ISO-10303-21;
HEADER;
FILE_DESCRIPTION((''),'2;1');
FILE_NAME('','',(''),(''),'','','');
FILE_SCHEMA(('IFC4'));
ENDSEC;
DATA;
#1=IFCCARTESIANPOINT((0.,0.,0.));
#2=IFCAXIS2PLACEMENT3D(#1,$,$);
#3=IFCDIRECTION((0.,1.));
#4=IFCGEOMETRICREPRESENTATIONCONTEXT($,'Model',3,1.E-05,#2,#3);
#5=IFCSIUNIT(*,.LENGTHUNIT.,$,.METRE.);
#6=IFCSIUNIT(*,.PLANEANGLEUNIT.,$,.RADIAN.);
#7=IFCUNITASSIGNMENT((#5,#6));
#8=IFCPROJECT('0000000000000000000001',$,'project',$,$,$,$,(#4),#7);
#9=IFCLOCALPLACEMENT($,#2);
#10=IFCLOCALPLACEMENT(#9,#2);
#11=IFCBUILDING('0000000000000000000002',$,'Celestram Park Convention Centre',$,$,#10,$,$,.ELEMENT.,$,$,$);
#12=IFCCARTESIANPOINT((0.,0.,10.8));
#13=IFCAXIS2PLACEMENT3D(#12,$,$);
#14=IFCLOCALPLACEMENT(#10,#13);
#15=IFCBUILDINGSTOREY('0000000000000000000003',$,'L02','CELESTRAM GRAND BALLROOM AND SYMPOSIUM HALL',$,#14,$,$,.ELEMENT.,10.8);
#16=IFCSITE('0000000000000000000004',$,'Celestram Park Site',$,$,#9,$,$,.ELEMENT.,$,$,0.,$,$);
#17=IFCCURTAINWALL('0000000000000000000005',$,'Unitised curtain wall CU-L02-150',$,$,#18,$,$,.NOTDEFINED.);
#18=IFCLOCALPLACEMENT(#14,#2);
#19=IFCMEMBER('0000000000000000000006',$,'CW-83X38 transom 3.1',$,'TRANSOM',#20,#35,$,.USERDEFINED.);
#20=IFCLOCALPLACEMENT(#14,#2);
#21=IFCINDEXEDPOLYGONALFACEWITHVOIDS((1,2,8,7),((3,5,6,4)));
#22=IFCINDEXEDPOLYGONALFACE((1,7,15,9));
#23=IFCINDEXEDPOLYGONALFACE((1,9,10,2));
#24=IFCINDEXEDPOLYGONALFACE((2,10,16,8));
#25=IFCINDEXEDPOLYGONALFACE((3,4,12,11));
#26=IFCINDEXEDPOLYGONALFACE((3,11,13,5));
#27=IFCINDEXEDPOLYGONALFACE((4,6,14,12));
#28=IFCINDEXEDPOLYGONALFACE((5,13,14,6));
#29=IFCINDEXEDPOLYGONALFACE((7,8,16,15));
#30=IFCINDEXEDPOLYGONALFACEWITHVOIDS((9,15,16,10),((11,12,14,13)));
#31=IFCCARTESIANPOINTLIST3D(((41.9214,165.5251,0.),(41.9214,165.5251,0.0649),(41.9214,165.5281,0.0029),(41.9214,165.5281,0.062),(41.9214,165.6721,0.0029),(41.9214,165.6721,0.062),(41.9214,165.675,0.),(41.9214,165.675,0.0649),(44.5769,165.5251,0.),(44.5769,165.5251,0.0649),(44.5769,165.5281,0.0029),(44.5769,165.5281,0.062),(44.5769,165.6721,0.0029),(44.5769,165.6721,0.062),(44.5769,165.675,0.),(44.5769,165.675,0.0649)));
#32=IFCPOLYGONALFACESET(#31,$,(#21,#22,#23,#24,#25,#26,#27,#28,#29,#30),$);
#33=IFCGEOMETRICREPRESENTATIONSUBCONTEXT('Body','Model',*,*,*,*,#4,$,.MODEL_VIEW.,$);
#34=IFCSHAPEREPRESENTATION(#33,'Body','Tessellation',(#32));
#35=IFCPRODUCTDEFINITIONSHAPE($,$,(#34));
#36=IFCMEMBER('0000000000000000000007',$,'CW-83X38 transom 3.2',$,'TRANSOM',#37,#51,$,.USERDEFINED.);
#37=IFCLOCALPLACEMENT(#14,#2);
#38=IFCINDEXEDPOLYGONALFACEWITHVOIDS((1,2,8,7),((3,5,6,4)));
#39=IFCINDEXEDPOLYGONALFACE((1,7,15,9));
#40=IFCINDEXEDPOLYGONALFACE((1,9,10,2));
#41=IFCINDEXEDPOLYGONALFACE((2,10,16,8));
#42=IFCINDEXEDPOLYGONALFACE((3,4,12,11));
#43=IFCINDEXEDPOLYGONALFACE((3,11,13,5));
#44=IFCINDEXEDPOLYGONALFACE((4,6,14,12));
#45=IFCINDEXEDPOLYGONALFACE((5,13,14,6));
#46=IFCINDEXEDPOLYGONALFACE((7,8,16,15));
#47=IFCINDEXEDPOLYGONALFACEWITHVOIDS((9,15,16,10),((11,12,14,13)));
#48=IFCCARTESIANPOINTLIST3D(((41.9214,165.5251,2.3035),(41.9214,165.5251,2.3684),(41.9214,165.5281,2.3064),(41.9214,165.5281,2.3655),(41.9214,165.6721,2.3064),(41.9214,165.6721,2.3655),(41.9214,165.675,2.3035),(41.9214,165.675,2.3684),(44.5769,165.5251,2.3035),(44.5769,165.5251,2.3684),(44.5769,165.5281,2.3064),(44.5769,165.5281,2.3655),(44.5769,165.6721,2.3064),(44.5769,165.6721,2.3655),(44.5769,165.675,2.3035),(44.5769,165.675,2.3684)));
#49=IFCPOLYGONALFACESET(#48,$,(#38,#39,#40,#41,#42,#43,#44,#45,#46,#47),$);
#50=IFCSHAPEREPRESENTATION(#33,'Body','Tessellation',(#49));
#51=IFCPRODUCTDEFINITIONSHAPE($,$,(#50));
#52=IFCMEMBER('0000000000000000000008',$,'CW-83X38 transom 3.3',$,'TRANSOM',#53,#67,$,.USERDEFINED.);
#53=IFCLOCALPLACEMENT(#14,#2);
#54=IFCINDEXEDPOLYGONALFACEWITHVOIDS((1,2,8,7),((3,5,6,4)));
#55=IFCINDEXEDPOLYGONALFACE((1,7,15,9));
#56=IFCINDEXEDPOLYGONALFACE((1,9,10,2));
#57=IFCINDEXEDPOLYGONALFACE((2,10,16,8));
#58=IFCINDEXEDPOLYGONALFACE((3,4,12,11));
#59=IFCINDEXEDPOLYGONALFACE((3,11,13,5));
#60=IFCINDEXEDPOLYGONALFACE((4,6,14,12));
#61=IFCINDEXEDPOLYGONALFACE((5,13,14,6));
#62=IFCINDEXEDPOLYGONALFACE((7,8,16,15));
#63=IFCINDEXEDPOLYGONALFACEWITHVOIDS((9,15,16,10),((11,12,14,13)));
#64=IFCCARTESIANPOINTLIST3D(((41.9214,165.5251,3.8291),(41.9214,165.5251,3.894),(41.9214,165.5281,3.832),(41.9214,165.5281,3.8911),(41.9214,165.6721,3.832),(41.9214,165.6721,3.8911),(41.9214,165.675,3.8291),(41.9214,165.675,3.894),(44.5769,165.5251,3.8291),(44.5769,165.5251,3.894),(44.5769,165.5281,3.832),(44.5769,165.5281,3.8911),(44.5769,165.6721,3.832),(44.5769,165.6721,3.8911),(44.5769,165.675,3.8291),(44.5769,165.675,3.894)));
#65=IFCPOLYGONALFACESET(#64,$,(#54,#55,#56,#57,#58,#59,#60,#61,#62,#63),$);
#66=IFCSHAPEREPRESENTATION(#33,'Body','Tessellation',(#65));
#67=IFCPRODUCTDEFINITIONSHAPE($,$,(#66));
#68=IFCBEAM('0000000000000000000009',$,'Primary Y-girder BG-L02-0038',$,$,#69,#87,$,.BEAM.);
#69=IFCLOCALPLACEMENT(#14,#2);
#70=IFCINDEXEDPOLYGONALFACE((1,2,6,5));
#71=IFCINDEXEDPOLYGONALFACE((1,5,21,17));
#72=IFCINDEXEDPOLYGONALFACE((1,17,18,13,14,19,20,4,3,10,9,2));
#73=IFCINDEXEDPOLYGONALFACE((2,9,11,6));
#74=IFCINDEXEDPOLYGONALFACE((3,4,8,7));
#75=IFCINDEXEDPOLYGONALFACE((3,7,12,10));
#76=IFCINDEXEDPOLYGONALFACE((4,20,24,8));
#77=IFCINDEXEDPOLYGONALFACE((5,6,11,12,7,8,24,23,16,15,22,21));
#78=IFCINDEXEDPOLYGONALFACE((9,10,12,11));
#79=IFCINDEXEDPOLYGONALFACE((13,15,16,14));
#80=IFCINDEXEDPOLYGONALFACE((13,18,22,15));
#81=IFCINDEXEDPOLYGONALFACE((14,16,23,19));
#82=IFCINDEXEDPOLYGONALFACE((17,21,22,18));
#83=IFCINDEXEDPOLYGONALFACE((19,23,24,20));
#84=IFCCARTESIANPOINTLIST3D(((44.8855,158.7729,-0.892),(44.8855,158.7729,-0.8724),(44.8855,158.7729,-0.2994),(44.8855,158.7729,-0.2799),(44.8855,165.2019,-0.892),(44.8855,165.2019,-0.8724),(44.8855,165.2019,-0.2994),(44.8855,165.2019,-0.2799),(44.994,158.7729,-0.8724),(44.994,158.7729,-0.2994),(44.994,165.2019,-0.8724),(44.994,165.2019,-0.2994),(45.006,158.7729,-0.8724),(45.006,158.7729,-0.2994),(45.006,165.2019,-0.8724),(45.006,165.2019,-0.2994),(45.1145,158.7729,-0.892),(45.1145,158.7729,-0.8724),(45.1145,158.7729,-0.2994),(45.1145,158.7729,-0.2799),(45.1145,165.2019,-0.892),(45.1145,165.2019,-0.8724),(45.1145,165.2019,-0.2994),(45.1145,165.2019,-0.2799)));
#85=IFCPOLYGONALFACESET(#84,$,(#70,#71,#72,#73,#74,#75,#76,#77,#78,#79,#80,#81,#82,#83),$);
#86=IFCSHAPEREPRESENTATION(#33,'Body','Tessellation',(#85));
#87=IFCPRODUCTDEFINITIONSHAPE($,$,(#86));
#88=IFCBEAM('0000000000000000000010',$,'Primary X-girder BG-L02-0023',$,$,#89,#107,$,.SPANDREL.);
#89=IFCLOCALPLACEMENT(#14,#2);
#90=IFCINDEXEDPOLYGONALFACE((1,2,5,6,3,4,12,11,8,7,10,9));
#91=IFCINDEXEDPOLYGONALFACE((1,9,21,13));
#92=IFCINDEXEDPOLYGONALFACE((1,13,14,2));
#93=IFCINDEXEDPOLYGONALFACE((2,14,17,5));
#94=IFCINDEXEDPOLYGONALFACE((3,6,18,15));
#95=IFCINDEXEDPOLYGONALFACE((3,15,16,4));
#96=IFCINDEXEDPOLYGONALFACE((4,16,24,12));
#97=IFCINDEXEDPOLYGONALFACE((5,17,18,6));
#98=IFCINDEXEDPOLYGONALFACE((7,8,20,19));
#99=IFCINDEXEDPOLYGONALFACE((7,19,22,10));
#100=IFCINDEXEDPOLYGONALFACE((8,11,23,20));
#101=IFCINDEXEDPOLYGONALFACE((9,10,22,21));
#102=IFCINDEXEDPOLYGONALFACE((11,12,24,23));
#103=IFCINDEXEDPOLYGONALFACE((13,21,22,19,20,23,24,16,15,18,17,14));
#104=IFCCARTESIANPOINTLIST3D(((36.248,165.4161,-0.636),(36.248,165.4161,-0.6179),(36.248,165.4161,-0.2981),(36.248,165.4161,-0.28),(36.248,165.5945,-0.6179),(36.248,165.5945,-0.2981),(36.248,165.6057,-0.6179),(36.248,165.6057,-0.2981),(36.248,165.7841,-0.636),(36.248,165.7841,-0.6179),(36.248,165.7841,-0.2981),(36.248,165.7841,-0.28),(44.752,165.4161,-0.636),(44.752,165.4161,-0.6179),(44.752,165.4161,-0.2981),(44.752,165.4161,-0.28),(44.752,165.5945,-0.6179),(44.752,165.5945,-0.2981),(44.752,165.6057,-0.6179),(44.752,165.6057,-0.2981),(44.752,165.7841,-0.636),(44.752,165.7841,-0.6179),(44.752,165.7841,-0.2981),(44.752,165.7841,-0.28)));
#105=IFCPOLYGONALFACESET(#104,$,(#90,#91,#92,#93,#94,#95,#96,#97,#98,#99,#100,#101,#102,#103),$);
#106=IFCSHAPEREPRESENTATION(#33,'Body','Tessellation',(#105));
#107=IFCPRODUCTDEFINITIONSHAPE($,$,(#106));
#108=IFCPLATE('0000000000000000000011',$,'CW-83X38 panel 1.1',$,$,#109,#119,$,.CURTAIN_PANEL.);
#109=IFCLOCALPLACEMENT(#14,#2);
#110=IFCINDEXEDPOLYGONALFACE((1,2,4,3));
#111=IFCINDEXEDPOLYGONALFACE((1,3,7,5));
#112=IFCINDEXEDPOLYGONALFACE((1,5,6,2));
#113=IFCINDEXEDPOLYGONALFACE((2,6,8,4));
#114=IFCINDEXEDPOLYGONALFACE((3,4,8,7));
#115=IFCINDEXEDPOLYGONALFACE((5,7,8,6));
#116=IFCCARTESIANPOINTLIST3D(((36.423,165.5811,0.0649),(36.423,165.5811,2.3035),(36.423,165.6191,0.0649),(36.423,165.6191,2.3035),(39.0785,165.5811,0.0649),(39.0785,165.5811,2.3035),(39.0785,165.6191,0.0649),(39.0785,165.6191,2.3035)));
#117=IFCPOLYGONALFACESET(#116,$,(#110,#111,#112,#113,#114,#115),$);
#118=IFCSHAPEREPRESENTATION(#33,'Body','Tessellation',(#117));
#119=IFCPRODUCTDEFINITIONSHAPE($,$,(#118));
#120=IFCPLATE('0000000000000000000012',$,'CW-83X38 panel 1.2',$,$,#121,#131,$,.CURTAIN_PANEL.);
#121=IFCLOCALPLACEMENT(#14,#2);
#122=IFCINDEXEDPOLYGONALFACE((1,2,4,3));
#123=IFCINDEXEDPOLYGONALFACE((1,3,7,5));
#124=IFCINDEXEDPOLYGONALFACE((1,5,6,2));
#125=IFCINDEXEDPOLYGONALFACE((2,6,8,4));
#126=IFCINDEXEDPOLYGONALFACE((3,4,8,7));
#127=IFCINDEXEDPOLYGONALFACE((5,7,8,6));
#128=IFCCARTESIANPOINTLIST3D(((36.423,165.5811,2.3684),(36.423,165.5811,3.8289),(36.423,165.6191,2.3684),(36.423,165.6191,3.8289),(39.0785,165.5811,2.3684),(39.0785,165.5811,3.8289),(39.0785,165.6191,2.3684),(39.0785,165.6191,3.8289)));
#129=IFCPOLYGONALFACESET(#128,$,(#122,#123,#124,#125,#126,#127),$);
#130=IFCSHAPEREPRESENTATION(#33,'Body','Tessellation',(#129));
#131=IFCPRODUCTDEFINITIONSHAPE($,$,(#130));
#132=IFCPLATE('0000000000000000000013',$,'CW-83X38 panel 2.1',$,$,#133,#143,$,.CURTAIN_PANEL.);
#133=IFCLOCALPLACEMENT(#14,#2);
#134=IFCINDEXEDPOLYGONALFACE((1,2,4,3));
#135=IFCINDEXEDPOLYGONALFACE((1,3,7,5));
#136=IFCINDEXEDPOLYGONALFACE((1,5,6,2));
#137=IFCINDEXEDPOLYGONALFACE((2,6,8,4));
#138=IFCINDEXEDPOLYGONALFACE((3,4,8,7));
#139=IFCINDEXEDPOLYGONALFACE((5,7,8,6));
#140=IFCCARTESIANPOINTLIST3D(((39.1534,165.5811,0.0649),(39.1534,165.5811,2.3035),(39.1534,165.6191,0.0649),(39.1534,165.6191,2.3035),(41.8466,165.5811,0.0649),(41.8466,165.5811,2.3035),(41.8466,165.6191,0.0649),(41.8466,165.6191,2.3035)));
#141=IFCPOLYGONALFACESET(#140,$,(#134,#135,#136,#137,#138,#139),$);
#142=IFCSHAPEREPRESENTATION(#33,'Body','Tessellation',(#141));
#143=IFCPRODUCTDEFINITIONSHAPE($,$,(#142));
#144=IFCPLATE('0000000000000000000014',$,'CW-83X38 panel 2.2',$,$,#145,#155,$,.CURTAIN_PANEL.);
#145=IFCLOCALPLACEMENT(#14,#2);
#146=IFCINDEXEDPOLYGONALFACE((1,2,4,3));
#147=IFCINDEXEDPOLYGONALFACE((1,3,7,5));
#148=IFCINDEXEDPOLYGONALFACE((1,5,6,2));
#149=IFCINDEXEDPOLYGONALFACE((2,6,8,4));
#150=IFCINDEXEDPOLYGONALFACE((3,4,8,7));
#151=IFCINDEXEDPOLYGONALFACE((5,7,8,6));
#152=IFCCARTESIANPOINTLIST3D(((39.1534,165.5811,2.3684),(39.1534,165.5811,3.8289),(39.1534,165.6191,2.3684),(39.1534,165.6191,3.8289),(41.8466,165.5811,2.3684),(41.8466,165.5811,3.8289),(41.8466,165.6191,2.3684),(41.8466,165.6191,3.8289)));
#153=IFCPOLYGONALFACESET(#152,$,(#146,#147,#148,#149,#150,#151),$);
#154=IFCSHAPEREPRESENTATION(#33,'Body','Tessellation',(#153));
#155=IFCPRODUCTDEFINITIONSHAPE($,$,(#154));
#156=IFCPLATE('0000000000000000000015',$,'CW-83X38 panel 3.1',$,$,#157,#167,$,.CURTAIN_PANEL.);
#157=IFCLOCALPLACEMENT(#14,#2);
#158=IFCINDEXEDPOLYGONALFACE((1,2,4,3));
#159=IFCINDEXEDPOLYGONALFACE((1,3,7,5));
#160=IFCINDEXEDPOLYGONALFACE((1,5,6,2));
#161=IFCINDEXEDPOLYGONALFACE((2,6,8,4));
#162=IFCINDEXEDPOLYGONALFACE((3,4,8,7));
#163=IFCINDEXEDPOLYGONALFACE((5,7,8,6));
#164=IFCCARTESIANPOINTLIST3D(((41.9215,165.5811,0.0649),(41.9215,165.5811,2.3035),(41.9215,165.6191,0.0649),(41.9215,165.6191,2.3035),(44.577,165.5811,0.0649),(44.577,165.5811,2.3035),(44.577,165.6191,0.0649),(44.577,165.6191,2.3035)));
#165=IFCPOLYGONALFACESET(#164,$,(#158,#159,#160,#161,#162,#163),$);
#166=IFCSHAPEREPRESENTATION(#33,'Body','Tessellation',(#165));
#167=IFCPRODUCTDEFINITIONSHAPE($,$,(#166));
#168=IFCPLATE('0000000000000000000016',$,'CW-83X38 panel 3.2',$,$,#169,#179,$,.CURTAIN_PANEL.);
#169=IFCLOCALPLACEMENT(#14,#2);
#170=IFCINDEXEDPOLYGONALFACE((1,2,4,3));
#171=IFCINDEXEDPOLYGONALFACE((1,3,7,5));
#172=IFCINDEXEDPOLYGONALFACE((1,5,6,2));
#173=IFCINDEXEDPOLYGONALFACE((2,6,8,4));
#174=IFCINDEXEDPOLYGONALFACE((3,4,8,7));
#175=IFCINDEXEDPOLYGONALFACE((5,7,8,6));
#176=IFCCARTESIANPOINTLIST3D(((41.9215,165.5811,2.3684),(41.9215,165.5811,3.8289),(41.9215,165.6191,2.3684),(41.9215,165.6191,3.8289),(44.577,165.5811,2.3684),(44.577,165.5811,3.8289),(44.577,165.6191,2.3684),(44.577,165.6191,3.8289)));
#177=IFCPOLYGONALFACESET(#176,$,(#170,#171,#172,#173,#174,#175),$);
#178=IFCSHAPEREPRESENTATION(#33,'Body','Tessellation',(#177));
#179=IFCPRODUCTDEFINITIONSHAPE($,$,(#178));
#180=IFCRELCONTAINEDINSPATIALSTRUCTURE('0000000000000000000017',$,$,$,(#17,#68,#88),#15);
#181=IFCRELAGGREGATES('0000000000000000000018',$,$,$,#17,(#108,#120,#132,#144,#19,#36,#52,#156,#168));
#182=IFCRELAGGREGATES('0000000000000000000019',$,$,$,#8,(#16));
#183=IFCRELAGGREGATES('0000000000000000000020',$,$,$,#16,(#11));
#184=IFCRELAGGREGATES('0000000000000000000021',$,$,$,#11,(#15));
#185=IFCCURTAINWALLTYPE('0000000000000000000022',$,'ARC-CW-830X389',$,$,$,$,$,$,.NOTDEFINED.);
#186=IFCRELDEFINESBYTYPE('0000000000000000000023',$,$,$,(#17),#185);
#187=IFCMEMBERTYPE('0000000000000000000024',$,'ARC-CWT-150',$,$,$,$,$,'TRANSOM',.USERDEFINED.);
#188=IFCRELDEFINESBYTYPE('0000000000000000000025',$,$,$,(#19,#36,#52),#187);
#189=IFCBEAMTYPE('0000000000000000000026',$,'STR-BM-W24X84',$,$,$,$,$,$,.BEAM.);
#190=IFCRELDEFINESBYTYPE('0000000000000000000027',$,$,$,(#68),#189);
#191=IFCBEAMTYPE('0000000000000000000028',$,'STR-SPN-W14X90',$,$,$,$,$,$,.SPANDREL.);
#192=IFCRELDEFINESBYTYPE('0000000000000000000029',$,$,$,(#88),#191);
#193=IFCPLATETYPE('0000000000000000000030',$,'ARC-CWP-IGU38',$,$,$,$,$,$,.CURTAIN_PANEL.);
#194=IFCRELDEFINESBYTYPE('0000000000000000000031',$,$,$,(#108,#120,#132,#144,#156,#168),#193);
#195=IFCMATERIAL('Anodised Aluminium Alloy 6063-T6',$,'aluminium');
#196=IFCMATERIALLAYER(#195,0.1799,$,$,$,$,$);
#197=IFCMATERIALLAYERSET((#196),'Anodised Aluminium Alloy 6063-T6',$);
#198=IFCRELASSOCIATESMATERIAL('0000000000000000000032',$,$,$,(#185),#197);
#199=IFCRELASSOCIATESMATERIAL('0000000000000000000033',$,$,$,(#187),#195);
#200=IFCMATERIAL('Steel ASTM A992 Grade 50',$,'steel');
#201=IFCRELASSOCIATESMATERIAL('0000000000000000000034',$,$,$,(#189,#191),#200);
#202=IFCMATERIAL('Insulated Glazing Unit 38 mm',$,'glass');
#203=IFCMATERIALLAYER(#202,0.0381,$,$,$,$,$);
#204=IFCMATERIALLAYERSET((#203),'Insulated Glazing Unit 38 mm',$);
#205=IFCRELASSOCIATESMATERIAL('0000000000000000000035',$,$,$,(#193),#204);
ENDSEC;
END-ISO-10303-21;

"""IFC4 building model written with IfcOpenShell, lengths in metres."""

from ifc_helpers import new_model, si_unit, direction, frame, origin, origin_2d, place, context, subcontext, project, spatial, rectangle, hollow_rectangle, i_section, extrude, material, layer, layer_set, material_profile, profile_set, type_object, element, aggregate, save


model = new_model("IFC4")

# Units and contexts
model_context = context("Model", 3, precision=1e-05, world=origin(), true_north=direction((0.0, 1.0)))
body_context = subcontext(model_context, "Body", "Model", "MODEL_VIEW")
ifc_project = project(units=[si_unit("LENGTHUNIT", "METRE"), si_unit("PLANEANGLEUNIT", "RADIAN")], contexts=[model_context])

# Site, building, storey
site_placement = place(None, origin())
site = spatial("IfcSite", under=ifc_project, at=site_placement, Name="Celestram Park Site", CompositionType="ELEMENT", RefElevation=0.0)
building_placement = place(site_placement, origin())
building = spatial("IfcBuilding", under=site, at=building_placement, Name="Celestram Park Convention Centre", CompositionType="ELEMENT")
storey_placement = place(building_placement, frame((0.0, 0.0, 10.8)))
storey = spatial("IfcBuildingStorey", under=building, at=storey_placement, Name="L02", Description="CELESTRAM GRAND BALLROOM AND SYMPOSIUM HALL", CompositionType="ELEMENT", Elevation=10.8)

# Curtain wall, members
ifc_material_1 = material(Name="Anodised Aluminium Alloy 6063-T6", Category="aluminium")
ifc_layer_1 = layer(ifc_material_1, 0.1799)
ifc_layer_set_1 = layer_set([ifc_layer_1], Name="Anodised Aluminium Alloy 6063-T6")
curtain_wall_type = type_object("IfcCurtainWallType", Name="ARC-CW-830X389", PredefinedType="NOTDEFINED", material=ifc_layer_set_1)
curtain_wall_placement = place(storey_placement, origin())
curtain_wall = element("IfcCurtainWall", 1, at=curtain_wall_placement, inside=storey, type_object=curtain_wall_type, Name="Unitised curtain wall CU-L02-150", PredefinedType="NOTDEFINED")
ifc_material_profile_1 = material_profile(ifc_material_1, hollow_rectangle(XDim=0.1499, YDim=0.0649, WallThickness=0.0029, at=origin_2d()), Name="ALU150X65X3")
ifc_profile_set_1 = profile_set([ifc_material_profile_1], Name="Anodised Aluminium Alloy 6063-T6")
member_type_1 = type_object("IfcMemberType", Name="ARC-CWT-150", ElementType="TRANSOM", PredefinedType="USERDEFINED", material=ifc_profile_set_1)
member_1_placement = place(storey_placement, frame((41.9214, 165.6001, 0.0325), z_axis=(1.0, 0.0, 0.0), x_axis=(0.0, 1.0, 0.0)))
member_1 = element("IfcMember", 2, at=member_1_placement, type_object=member_type_1, Name="CW-83X38 transom 3.1", ObjectType="TRANSOM", PredefinedType="USERDEFINED", context=body_context, shape_type="SweptSolid", body=[
    extrude(hollow_rectangle(XDim=0.1499, YDim=0.0649, WallThickness=0.0029, at=origin_2d()), origin(), (0.0, 0.0, 1.0), 2.6555),
])
member_2_placement = place(storey_placement, frame((41.9214, 165.6001, 2.3359), z_axis=(1.0, 0.0, 0.0), x_axis=(0.0, 1.0, 0.0)))
member_2 = element("IfcMember", 3, at=member_2_placement, type_object=member_type_1, Name="CW-83X38 transom 3.2", ObjectType="TRANSOM", PredefinedType="USERDEFINED", context=body_context, shape_type="SweptSolid", body=[
    extrude(hollow_rectangle(XDim=0.1499, YDim=0.0649, WallThickness=0.0029, at=origin_2d()), origin(), (0.0, 0.0, 1.0), 2.6555),
])
member_3_placement = place(storey_placement, frame((41.9214, 165.6001, 3.8616), z_axis=(1.0, 0.0, 0.0), x_axis=(0.0, 1.0, 0.0)))
member_3 = element("IfcMember", 4, at=member_3_placement, type_object=member_type_1, Name="CW-83X38 transom 3.3", ObjectType="TRANSOM", PredefinedType="USERDEFINED", context=body_context, shape_type="SweptSolid", body=[
    extrude(hollow_rectangle(XDim=0.1499, YDim=0.0649, WallThickness=0.0029, at=origin_2d()), origin(), (0.0, 0.0, 1.0), 2.6555),
])

# Beams
ifc_material_2 = material(Name="Steel ASTM A992 Grade 50", Category="steel")
ifc_material_profile_2 = material_profile(ifc_material_2, i_section(OverallWidth=0.229, OverallDepth=0.6121, WebThickness=0.012, FlangeThickness=0.0195, at=origin_2d()), Name="W24X84")
ifc_profile_set_2 = profile_set([ifc_material_profile_2], Name="Steel ASTM A992 Grade 50")
beam_type_1 = type_object("IfcBeamType", Name="STR-BM-W24X84", PredefinedType="BEAM", material=ifc_profile_set_2)
beam_1_placement = place(storey_placement, frame((45.0, 158.7729, -0.5859), z_axis=(0.0, 1.0, 0.0), x_axis=(-1.0, 0.0, 0.0)))
element("IfcBeam", 5, at=beam_1_placement, inside=storey, type_object=beam_type_1, Name="Primary Y-girder BG-L02-0038", PredefinedType="BEAM", context=body_context, shape_type="SweptSolid", body=[
    extrude(i_section(OverallWidth=0.229, OverallDepth=0.6121, WebThickness=0.012, FlangeThickness=0.0195, at=origin_2d()), origin(), (0.0, 0.0, 1.0), 6.429),
])
ifc_material_profile_3 = material_profile(ifc_material_2, i_section(OverallWidth=0.3679, OverallDepth=0.356, WebThickness=0.0112, FlangeThickness=0.0181, at=origin_2d()), Name="W14X90")
ifc_profile_set_3 = profile_set([ifc_material_profile_3], Name="Steel ASTM A992 Grade 50")
beam_type_2 = type_object("IfcBeamType", Name="STR-SPN-W14X90", PredefinedType="SPANDREL", material=ifc_profile_set_3)
beam_2_placement = place(storey_placement, frame((36.248, 165.6001, -0.458), z_axis=(1.0, 0.0, 0.0), x_axis=(0.0, 1.0, 0.0)))
element("IfcBeam", 6, at=beam_2_placement, inside=storey, type_object=beam_type_2, Name="Primary X-girder BG-L02-0023", PredefinedType="SPANDREL", context=body_context, shape_type="SweptSolid", body=[
    extrude(i_section(OverallWidth=0.3679, OverallDepth=0.356, WebThickness=0.0112, FlangeThickness=0.0181, at=origin_2d()), origin(), (0.0, 0.0, 1.0), 8.5039),
])

# Plates
ifc_material_3 = material(Name="Insulated Glazing Unit 38 mm", Category="glass")
ifc_layer_2 = layer(ifc_material_3, 0.0381)
ifc_layer_set_2 = layer_set([ifc_layer_2], Name="Insulated Glazing Unit 38 mm")
plate_type = type_object("IfcPlateType", Name="ARC-CWP-IGU38", PredefinedType="CURTAIN_PANEL", material=ifc_layer_set_2)
plate_1_placement = place(storey_placement, frame((37.7507, 165.6001, 0.0649), z_axis=(0.0, 0.0, 1.0), x_axis=(1.0, 0.0, 0.0)))
plate_1 = element("IfcPlate", 7, at=plate_1_placement, type_object=plate_type, Name="CW-83X38 panel 1.1", PredefinedType="CURTAIN_PANEL", context=body_context, shape_type="SweptSolid", body=[
    extrude(rectangle(XDim=2.6555, YDim=0.0381, at=origin_2d()), origin(), (0.0, 0.0, 1.0), 2.2385),
])
plate_2_placement = place(storey_placement, frame((37.7507, 165.6001, 2.3684), z_axis=(0.0, 0.0, 1.0), x_axis=(1.0, 0.0, 0.0)))
plate_2 = element("IfcPlate", 8, at=plate_2_placement, type_object=plate_type, Name="CW-83X38 panel 1.2", PredefinedType="CURTAIN_PANEL", context=body_context, shape_type="SweptSolid", body=[
    extrude(rectangle(XDim=2.6555, YDim=0.0381, at=origin_2d()), origin(), (0.0, 0.0, 1.0), 1.4604),
])
plate_3_placement = place(storey_placement, frame((40.5, 165.6001, 0.0649), z_axis=(0.0, 0.0, 1.0), x_axis=(1.0, 0.0, 0.0)))
plate_3 = element("IfcPlate", 9, at=plate_3_placement, type_object=plate_type, Name="CW-83X38 panel 2.1", PredefinedType="CURTAIN_PANEL", context=body_context, shape_type="SweptSolid", body=[
    extrude(rectangle(XDim=2.6931, YDim=0.0381, at=origin_2d()), origin(), (0.0, 0.0, 1.0), 2.2385),
])
plate_4_placement = place(storey_placement, frame((40.5, 165.6001, 2.3684), z_axis=(0.0, 0.0, 1.0), x_axis=(1.0, 0.0, 0.0)))
plate_4 = element("IfcPlate", 10, at=plate_4_placement, type_object=plate_type, Name="CW-83X38 panel 2.2", PredefinedType="CURTAIN_PANEL", context=body_context, shape_type="SweptSolid", body=[
    extrude(rectangle(XDim=2.6931, YDim=0.0381, at=origin_2d()), origin(), (0.0, 0.0, 1.0), 1.4604),
])
plate_5_placement = place(storey_placement, frame((43.2493, 165.6001, 0.0649), z_axis=(0.0, 0.0, 1.0), x_axis=(1.0, 0.0, 0.0)))
plate_5 = element("IfcPlate", 11, at=plate_5_placement, type_object=plate_type, Name="CW-83X38 panel 3.1", PredefinedType="CURTAIN_PANEL", context=body_context, shape_type="SweptSolid", body=[
    extrude(rectangle(XDim=2.6555, YDim=0.0381, at=origin_2d()), origin(), (0.0, 0.0, 1.0), 2.2385),
])
plate_6_placement = place(storey_placement, frame((43.2493, 165.6001, 2.3684), z_axis=(0.0, 0.0, 1.0), x_axis=(1.0, 0.0, 0.0)))
plate_6 = element("IfcPlate", 12, at=plate_6_placement, type_object=plate_type, Name="CW-83X38 panel 3.2", PredefinedType="CURTAIN_PANEL", context=body_context, shape_type="SweptSolid", body=[
    extrude(rectangle(XDim=2.6555, YDim=0.0381, at=origin_2d()), origin(), (0.0, 0.0, 1.0), 1.4604),
])
aggregate(curtain_wall, [plate_1, plate_2, plate_3, plate_4, member_1, member_2, member_3, plate_5, plate_6])

save(model, "model.ifc")
